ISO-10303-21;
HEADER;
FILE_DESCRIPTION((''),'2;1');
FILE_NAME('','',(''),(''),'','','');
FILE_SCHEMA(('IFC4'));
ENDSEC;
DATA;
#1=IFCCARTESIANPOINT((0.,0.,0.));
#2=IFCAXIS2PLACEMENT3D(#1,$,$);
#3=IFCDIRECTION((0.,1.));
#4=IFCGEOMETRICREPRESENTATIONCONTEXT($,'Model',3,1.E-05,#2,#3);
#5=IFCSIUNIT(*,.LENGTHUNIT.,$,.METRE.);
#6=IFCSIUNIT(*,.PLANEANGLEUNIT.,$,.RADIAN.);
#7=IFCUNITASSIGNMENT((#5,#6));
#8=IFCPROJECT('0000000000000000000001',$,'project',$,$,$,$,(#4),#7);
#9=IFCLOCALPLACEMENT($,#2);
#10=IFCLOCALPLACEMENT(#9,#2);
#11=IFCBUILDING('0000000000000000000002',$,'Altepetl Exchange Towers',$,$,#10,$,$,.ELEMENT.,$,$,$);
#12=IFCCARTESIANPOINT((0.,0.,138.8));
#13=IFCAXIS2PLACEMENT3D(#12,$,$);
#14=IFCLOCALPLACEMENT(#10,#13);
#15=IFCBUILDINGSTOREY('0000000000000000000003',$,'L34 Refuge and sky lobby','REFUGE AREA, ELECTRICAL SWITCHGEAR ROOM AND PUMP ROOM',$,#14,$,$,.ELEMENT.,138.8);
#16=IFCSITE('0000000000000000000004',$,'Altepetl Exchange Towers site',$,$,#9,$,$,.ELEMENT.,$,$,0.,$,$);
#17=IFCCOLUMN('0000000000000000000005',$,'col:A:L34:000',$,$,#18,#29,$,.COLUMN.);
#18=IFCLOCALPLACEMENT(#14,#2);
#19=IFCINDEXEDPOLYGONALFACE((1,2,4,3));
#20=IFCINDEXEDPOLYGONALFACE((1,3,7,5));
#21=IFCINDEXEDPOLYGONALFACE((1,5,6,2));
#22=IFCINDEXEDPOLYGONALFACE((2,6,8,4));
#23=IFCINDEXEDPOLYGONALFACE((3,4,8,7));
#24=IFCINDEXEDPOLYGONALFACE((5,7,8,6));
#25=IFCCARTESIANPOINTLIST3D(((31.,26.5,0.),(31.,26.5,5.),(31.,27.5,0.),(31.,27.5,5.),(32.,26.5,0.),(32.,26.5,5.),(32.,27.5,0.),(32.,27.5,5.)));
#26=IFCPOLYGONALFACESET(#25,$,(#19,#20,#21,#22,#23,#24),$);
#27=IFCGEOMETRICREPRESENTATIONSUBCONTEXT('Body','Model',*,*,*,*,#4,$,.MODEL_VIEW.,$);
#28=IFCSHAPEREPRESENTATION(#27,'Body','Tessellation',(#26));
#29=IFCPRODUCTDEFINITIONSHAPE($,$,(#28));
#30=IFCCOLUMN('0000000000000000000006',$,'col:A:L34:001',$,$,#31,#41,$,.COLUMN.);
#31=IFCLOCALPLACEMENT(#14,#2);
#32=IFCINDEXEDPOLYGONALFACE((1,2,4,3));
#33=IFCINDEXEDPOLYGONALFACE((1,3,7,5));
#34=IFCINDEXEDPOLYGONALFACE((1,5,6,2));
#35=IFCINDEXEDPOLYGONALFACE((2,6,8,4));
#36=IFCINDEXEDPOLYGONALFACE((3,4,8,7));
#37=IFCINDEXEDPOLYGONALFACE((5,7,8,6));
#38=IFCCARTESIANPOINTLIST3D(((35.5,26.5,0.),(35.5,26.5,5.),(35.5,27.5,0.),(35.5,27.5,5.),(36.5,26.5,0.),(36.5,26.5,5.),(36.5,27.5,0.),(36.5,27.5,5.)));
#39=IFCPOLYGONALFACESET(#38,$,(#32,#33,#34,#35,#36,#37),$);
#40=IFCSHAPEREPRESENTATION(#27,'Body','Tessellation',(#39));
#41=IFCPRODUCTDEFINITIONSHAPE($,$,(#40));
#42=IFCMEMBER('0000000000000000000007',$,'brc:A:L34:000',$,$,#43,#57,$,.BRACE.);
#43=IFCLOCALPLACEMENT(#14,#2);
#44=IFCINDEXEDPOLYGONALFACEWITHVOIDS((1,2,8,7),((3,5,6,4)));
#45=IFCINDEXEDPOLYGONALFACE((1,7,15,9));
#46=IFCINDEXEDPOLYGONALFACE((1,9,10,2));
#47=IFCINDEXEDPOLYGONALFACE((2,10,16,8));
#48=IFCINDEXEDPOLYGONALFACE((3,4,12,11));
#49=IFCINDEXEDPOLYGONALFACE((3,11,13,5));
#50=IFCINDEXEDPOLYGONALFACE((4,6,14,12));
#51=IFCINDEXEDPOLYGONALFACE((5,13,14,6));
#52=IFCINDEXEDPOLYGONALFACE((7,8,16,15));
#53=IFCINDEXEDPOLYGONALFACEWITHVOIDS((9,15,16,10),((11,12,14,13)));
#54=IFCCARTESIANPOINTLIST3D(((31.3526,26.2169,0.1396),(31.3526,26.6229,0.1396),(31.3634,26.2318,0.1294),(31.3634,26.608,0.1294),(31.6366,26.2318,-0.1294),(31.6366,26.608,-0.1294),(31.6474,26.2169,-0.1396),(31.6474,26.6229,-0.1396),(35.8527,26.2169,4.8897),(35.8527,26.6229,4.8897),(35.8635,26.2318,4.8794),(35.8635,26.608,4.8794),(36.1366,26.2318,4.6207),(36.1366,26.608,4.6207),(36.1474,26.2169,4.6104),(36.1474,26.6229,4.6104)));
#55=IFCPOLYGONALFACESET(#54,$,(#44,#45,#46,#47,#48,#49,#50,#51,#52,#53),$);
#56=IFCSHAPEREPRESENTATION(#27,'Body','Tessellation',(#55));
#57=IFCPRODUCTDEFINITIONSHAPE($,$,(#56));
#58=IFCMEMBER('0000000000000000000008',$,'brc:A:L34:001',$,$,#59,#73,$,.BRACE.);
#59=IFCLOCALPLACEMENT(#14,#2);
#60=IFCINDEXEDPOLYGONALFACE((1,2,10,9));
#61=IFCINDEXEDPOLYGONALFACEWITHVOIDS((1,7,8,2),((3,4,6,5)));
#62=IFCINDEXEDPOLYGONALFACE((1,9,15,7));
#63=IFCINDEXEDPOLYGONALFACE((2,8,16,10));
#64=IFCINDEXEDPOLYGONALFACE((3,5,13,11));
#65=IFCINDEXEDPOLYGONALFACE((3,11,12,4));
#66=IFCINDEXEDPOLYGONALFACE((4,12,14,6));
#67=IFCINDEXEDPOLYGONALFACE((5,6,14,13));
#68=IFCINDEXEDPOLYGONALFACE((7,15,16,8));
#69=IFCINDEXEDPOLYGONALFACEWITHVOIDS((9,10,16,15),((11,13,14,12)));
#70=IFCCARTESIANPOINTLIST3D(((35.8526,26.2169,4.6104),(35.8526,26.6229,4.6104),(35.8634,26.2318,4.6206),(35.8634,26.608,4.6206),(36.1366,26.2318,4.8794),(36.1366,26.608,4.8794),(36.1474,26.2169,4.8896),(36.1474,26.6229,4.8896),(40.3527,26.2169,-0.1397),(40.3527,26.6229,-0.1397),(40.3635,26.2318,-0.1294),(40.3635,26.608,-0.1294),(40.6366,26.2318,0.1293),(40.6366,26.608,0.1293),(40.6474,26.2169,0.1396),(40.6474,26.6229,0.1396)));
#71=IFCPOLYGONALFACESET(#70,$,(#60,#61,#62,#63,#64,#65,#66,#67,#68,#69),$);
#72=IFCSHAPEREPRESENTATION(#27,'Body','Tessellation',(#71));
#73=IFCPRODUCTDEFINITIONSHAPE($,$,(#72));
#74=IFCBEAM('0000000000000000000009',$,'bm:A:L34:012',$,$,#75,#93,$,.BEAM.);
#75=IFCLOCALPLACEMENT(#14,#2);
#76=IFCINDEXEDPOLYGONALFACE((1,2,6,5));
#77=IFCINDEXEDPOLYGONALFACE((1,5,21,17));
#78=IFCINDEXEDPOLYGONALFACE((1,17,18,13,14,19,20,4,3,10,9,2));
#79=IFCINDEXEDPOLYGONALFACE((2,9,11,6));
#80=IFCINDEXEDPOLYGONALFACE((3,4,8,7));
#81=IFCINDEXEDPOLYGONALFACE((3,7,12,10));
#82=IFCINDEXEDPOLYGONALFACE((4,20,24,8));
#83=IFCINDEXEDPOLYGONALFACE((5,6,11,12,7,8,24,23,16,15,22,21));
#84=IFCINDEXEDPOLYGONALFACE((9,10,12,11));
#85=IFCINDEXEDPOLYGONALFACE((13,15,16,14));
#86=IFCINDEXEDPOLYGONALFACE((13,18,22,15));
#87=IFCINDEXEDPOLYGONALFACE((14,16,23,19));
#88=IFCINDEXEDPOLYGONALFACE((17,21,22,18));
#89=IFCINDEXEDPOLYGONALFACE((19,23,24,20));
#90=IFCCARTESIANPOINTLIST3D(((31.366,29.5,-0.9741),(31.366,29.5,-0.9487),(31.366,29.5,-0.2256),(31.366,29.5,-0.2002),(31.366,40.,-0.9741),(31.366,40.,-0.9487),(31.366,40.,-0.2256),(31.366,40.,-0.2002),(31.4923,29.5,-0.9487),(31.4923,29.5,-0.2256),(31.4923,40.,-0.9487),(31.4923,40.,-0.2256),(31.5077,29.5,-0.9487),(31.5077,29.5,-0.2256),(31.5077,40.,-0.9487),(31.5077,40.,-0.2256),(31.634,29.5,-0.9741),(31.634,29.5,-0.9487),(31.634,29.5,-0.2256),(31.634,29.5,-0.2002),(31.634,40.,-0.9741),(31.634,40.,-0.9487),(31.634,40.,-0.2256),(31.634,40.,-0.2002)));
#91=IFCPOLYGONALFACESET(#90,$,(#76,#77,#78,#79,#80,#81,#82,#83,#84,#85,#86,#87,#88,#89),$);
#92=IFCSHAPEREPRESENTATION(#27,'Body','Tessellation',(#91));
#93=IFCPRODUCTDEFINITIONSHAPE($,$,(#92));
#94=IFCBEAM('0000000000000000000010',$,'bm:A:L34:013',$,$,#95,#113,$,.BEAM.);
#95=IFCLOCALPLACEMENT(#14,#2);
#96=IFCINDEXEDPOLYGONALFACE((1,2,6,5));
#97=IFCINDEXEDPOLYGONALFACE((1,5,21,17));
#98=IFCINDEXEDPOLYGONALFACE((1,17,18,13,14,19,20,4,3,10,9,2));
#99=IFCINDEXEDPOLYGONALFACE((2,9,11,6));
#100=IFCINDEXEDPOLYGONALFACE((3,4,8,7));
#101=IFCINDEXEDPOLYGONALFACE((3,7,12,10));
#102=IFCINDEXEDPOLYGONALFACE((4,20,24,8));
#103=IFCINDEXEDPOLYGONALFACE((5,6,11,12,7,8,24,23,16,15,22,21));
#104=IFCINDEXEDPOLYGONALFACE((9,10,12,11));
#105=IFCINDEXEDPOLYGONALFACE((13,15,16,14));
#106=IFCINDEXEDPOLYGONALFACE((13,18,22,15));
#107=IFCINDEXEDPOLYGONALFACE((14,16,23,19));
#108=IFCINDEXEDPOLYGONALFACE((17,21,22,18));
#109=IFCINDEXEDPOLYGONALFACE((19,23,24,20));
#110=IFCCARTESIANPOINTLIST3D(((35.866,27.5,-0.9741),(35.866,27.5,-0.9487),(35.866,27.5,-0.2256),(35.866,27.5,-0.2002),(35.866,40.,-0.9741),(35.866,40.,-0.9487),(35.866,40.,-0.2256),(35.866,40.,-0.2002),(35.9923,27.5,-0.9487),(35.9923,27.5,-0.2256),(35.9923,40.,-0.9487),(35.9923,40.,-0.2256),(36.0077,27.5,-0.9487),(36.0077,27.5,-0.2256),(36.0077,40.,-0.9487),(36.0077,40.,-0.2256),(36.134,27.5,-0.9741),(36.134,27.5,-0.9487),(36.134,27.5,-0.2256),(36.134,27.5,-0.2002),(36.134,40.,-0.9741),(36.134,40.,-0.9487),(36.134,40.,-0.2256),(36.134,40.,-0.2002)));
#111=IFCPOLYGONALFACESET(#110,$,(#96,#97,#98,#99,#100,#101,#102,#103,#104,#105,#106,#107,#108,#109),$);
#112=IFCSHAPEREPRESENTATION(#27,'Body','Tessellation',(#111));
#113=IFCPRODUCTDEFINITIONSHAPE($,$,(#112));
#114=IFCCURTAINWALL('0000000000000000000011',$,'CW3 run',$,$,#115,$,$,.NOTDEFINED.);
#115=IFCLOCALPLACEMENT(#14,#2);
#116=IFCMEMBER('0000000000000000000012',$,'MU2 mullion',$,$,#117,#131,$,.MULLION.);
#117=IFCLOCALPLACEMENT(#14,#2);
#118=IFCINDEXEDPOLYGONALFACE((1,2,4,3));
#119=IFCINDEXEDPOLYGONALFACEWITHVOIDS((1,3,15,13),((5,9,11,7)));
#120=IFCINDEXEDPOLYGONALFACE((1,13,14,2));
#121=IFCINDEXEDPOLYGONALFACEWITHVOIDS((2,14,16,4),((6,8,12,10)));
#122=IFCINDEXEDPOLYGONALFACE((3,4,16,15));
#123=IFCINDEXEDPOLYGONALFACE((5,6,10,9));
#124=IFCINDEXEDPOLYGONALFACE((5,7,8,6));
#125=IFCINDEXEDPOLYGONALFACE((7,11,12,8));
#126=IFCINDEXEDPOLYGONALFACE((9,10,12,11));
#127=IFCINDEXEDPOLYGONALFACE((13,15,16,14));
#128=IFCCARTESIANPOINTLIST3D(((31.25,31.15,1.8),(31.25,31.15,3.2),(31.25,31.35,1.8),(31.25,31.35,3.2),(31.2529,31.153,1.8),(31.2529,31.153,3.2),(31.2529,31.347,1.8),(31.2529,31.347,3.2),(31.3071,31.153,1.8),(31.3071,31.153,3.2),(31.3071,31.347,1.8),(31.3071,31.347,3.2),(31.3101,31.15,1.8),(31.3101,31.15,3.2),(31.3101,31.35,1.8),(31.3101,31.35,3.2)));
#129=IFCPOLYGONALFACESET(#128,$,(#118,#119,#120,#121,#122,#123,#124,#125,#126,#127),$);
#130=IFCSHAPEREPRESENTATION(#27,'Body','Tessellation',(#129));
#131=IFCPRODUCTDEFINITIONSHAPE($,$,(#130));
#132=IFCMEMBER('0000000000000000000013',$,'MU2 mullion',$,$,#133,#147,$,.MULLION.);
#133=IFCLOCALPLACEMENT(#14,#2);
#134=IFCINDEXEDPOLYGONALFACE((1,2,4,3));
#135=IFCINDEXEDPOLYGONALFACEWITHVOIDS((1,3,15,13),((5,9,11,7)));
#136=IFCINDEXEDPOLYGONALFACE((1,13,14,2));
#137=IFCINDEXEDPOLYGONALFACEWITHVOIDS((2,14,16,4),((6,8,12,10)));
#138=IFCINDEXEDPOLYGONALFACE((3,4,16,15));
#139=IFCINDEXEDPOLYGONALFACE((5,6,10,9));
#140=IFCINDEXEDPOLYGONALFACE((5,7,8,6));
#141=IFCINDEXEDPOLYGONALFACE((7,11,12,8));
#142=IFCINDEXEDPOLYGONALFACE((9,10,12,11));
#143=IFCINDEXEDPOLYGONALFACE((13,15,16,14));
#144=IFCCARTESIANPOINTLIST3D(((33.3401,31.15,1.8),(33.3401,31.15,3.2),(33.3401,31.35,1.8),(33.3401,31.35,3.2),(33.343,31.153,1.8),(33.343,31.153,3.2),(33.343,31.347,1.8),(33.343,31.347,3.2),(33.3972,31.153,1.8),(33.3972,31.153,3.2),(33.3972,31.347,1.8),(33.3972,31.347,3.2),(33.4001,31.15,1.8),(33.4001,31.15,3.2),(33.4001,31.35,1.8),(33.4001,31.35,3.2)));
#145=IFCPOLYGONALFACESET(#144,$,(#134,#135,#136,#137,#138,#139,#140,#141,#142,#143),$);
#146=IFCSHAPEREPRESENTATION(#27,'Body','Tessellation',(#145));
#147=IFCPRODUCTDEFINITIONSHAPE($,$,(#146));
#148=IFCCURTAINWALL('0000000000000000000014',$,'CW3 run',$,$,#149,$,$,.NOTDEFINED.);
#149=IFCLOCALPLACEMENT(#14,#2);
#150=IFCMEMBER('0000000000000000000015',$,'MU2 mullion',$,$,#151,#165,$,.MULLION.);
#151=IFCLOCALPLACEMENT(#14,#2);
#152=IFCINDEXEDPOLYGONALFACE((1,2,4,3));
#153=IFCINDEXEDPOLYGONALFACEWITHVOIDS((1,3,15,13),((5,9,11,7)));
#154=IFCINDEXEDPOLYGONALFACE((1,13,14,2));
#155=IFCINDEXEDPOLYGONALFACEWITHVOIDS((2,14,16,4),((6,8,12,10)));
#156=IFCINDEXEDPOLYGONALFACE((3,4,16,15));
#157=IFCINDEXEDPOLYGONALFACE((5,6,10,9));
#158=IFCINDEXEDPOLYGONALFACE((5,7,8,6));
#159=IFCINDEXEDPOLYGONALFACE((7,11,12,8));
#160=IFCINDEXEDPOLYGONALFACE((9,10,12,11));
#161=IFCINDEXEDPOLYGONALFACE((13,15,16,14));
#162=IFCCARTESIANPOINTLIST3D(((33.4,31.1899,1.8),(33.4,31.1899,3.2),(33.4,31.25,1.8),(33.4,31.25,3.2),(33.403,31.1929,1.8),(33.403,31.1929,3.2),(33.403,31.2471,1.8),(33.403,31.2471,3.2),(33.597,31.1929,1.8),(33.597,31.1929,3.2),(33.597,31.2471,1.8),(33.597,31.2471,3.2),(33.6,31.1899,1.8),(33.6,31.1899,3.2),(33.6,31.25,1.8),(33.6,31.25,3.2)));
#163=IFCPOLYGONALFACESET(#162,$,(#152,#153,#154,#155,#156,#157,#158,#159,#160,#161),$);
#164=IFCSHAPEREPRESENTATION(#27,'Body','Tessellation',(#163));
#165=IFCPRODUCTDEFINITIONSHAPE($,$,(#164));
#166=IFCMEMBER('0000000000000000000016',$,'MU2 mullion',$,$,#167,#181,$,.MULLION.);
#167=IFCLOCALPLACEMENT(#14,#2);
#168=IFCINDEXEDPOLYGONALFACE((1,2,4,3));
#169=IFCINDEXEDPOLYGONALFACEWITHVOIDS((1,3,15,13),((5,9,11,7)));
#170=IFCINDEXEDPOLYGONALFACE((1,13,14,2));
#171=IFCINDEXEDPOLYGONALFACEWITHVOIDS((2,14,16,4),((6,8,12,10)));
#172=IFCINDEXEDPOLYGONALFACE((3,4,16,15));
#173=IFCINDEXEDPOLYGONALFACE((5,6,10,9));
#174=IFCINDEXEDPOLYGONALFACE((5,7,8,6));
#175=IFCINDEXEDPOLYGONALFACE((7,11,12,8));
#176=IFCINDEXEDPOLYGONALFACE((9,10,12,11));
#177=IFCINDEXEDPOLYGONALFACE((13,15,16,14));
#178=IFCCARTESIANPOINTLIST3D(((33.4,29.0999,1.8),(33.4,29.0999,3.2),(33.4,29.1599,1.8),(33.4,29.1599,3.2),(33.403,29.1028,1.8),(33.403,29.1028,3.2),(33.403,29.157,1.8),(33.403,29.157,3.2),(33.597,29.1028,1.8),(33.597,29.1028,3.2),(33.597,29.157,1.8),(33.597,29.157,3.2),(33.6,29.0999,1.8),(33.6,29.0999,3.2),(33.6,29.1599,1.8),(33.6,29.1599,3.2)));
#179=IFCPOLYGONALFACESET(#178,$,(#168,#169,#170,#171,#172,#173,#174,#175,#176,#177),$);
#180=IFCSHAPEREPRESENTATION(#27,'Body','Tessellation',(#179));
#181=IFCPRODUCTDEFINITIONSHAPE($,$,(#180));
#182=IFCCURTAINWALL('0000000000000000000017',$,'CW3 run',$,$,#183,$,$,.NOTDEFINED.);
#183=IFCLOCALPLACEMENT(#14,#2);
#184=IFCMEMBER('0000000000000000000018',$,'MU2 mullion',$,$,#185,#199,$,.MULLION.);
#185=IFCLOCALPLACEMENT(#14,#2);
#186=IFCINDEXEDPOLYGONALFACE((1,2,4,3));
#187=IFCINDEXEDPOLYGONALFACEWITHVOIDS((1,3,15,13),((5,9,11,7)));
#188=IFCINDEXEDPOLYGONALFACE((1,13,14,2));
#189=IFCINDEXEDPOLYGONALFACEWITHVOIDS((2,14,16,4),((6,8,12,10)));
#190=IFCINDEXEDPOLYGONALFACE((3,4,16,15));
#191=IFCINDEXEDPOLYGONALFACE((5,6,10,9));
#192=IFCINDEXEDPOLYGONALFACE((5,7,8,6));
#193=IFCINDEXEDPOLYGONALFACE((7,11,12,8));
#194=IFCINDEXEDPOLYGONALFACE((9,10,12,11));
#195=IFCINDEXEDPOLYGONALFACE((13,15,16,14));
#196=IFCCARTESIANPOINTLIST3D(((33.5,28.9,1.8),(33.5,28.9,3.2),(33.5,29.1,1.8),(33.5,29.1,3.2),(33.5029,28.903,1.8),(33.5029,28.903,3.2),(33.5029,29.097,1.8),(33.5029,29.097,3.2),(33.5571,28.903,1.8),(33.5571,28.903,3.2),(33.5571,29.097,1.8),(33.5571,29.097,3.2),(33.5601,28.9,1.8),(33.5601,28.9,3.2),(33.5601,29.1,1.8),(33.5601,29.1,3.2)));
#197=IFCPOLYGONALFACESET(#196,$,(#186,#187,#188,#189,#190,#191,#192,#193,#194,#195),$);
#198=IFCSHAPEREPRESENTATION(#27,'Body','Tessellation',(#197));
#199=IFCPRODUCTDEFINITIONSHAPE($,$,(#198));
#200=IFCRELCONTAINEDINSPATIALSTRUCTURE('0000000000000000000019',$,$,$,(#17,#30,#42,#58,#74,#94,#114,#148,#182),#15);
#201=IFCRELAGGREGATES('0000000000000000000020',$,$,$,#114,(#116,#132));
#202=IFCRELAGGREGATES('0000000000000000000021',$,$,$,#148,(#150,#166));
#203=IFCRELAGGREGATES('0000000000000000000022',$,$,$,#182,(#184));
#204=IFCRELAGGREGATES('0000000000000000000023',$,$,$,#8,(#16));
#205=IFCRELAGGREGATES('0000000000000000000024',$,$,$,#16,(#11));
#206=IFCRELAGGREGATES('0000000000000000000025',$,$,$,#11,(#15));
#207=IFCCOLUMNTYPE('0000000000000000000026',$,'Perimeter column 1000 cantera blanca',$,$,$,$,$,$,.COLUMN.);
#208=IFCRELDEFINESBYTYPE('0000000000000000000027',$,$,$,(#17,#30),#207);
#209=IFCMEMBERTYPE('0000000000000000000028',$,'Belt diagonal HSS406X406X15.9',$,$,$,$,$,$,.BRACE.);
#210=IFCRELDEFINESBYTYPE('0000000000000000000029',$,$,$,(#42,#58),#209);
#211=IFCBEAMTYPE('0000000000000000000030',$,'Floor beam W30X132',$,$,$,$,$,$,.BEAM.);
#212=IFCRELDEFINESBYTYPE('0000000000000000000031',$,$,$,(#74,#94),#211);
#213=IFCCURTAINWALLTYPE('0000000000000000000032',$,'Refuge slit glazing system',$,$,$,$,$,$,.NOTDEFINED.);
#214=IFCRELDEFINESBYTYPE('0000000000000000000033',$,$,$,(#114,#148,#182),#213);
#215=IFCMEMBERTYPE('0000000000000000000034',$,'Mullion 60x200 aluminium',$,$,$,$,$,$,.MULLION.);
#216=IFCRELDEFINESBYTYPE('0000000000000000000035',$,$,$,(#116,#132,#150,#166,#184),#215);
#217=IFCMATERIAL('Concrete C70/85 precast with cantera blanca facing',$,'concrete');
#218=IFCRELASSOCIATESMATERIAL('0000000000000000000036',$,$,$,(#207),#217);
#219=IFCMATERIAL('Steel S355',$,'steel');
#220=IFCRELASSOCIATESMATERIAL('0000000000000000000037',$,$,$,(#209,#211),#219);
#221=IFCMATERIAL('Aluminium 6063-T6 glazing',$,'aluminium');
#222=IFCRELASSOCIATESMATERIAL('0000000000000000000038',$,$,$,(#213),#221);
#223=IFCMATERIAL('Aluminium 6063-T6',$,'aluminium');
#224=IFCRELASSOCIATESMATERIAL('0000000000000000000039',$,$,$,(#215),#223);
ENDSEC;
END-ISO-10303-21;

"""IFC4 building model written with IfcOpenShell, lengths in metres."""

from ifc_helpers import new_model, si_unit, direction, frame, origin, origin_2d, place, context, subcontext, project, spatial, rectangle, hollow_rectangle, i_section, extrude, material, material_profile, profile_set, type_object, element, aggregate, save


model = new_model("IFC4")

# Units and contexts
model_context = context("Model", 3, precision=1e-05, world=origin(), true_north=direction((0.0, 1.0)))
body_context = subcontext(model_context, "Body", "Model", "MODEL_VIEW")
ifc_project = project(units=[si_unit("LENGTHUNIT", "METRE"), si_unit("PLANEANGLEUNIT", "RADIAN")], contexts=[model_context])

# Site, building, storey
site_placement = place(None, origin())
site = spatial("IfcSite", under=ifc_project, at=site_placement, Name="Altepetl Exchange Towers site", CompositionType="ELEMENT", RefElevation=0.0)
building_placement = place(site_placement, origin())
building = spatial("IfcBuilding", under=site, at=building_placement, Name="Altepetl Exchange Towers", CompositionType="ELEMENT")
storey_placement = place(building_placement, frame((0.0, 0.0, 138.8)))
storey = spatial("IfcBuildingStorey", under=building, at=storey_placement, Name="L34 Refuge and sky lobby", Description="REFUGE AREA, ELECTRICAL SWITCHGEAR ROOM AND PUMP ROOM", CompositionType="ELEMENT", Elevation=138.8)

# Columns
ifc_material_1 = material(Name="Concrete C70/85 precast with cantera blanca facing", Category="concrete")
ifc_material_profile_1 = material_profile(ifc_material_1, rectangle(XDim=1.0, YDim=1.0, at=origin_2d()), Name="1000 x 1000")
ifc_profile_set_1 = profile_set([ifc_material_profile_1], Name="Concrete C70/85 precast with cantera blanca facing")
column_type = type_object("IfcColumnType", Name="Perimeter column 1000 cantera blanca", PredefinedType="COLUMN", material=ifc_profile_set_1)
for number, where, name in (
    (1, (31.5, 27.0, 0.0), "col:A:L34:000"),
    (2, (36.0, 27.0, 0.0), "col:A:L34:001"),
):
    element("IfcColumn", number, at=place(storey_placement, frame(where)), inside=storey, type_object=column_type, Name=name, PredefinedType="COLUMN", context=body_context, shape_type="SweptSolid", body=[
        extrude(rectangle(XDim=1.0, YDim=1.0, at=origin_2d()), origin(), (0.0, 0.0, 1.0), 5.0),
    ])

# Members
ifc_material_2 = material(Name="Steel S355", Category="steel")
ifc_material_profile_2 = material_profile(ifc_material_2, hollow_rectangle(XDim=0.406, YDim=0.406, WallThickness=0.0149, at=origin_2d()), Name="HSS406X406X15.9")
ifc_profile_set_2 = profile_set([ifc_material_profile_2], Name="Steel S355")
member_type_1 = type_object("IfcMemberType", Name="Belt diagonal HSS406X406X15.9", PredefinedType="BRACE", material=ifc_profile_set_2)
for number, where, z_axis, x_axis, name in (
    (3, (31.5, 26.4199, 0.0), (0.687745, 0.0, 0.725953), (0.0, 1.0, 0.0), "brc:A:L34:000"),
    (4, (36.0, 26.4199, 4.75), (0.687745, 0.0, -0.725953), (0.0, 1.0, 0.0), "brc:A:L34:001"),
):
    element("IfcMember", number, at=place(storey_placement, frame(where, z_axis=z_axis, x_axis=x_axis)), inside=storey, type_object=member_type_1, Name=name, PredefinedType="BRACE", context=body_context, shape_type="SweptSolid", body=[
        extrude(hollow_rectangle(XDim=0.406, YDim=0.406, WallThickness=0.0149, at=origin_2d()), origin(), (0.0, 0.0, 1.0), 6.5432),
    ])

# Beams
ifc_material_profile_3 = material_profile(ifc_material_2, i_section(OverallWidth=0.2681, OverallDepth=0.7739, WebThickness=0.0154, FlangeThickness=0.0254, at=origin_2d()), Name="W30X132")
ifc_profile_set_3 = profile_set([ifc_material_profile_3], Name="Steel S355")
beam_type_1 = type_object("IfcBeamType", Name="Floor beam W30X132", PredefinedType="BEAM", material=ifc_profile_set_3)
beam_1_placement = place(storey_placement, frame((31.5, 29.5, -0.5872), z_axis=(0.0, 1.0, 0.0), x_axis=(-1.0, 0.0, 0.0)))
element("IfcBeam", 5, at=beam_1_placement, inside=storey, type_object=beam_type_1, Name="bm:A:L34:012", PredefinedType="BEAM", context=body_context, shape_type="SweptSolid", body=[
    extrude(i_section(OverallWidth=0.2681, OverallDepth=0.7739, WebThickness=0.0154, FlangeThickness=0.0254, at=origin_2d()), origin(), (0.0, 0.0, 1.0), 10.5),
])
beam_2_placement = place(storey_placement, frame((36.0, 27.5, -0.5872), z_axis=(0.0, 1.0, 0.0), x_axis=(-1.0, 0.0, 0.0)))
element("IfcBeam", 6, at=beam_2_placement, inside=storey, type_object=beam_type_1, Name="bm:A:L34:013", PredefinedType="BEAM", context=body_context, shape_type="SweptSolid", body=[
    extrude(i_section(OverallWidth=0.2681, OverallDepth=0.7739, WebThickness=0.0154, FlangeThickness=0.0254, at=origin_2d()), origin(), (0.0, 0.0, 1.0), 12.5),
])

# Curtain walls, members
ifc_material_3 = material(Name="Aluminium 6063-T6 glazing", Category="aluminium")
curtain_wall_type = type_object("IfcCurtainWallType", Name="Refuge slit glazing system", PredefinedType="NOTDEFINED", material=ifc_material_3)
curtain_wall_1_placement = place(storey_placement, origin())
curtain_wall_1 = element("IfcCurtainWall", 7, at=curtain_wall_1_placement, inside=storey, type_object=curtain_wall_type, Name="CW3 run", PredefinedType="NOTDEFINED")
ifc_material_4 = material(Name="Aluminium 6063-T6", Category="aluminium")
ifc_material_profile_4 = material_profile(ifc_material_4, hollow_rectangle(XDim=0.0601, YDim=0.2, WallThickness=0.0029, at=origin_2d()), Name="Mullion 60x200 aluminium")
ifc_profile_set_4 = profile_set([ifc_material_profile_4], Name="Aluminium 6063-T6")
member_type_2 = type_object("IfcMemberType", Name="Mullion 60x200 aluminium", PredefinedType="MULLION", material=ifc_profile_set_4)
member_1_placement = place(storey_placement, frame((31.28, 31.25, 1.8)))
member_1 = element("IfcMember", 8, at=member_1_placement, type_object=member_type_2, Name="MU2 mullion", PredefinedType="MULLION", context=body_context, shape_type="SweptSolid", body=[
    extrude(hollow_rectangle(XDim=0.0601, YDim=0.2, WallThickness=0.0029, at=origin_2d()), origin(), (0.0, 0.0, 1.0), 1.3999),
])
member_2_placement = place(storey_placement, frame((33.3701, 31.25, 1.8)))
member_2 = element("IfcMember", 9, at=member_2_placement, type_object=member_type_2, Name="MU2 mullion", PredefinedType="MULLION", context=body_context, shape_type="SweptSolid", body=[
    extrude(hollow_rectangle(XDim=0.0601, YDim=0.2, WallThickness=0.0029, at=origin_2d()), origin(), (0.0, 0.0, 1.0), 1.3999),
])
curtain_wall_2_placement = place(storey_placement, origin())
curtain_wall_2 = element("IfcCurtainWall", 10, at=curtain_wall_2_placement, inside=storey, type_object=curtain_wall_type, Name="CW3 run", PredefinedType="NOTDEFINED")
member_3_placement = place(storey_placement, frame((33.5, 31.22, 1.8), z_axis=(0.0, 0.0, 1.0), x_axis=(0.0, -1.0, 0.0)))
member_3 = element("IfcMember", 11, at=member_3_placement, type_object=member_type_2, Name="MU2 mullion", PredefinedType="MULLION", context=body_context, shape_type="SweptSolid", body=[
    extrude(hollow_rectangle(XDim=0.0601, YDim=0.2, WallThickness=0.0029, at=origin_2d()), origin(), (0.0, 0.0, 1.0), 1.3999),
])
member_4_placement = place(storey_placement, frame((33.5, 29.1299, 1.8), z_axis=(0.0, 0.0, 1.0), x_axis=(0.0, -1.0, 0.0)))
member_4 = element("IfcMember", 12, at=member_4_placement, type_object=member_type_2, Name="MU2 mullion", PredefinedType="MULLION", context=body_context, shape_type="SweptSolid", body=[
    extrude(hollow_rectangle(XDim=0.0601, YDim=0.2, WallThickness=0.0029, at=origin_2d()), origin(), (0.0, 0.0, 1.0), 1.3999),
])
curtain_wall_3_placement = place(storey_placement, origin())
curtain_wall_3 = element("IfcCurtainWall", 13, at=curtain_wall_3_placement, inside=storey, type_object=curtain_wall_type, Name="CW3 run", PredefinedType="NOTDEFINED")
member_5_placement = place(storey_placement, frame((33.53, 29.0, 1.8)))
member_5 = element("IfcMember", 14, at=member_5_placement, type_object=member_type_2, Name="MU2 mullion", PredefinedType="MULLION", context=body_context, shape_type="SweptSolid", body=[
    extrude(hollow_rectangle(XDim=0.0601, YDim=0.2, WallThickness=0.0029, at=origin_2d()), origin(), (0.0, 0.0, 1.0), 1.3999),
])

aggregate(curtain_wall_1, [member_1, member_2])
aggregate(curtain_wall_2, [member_3, member_4])
aggregate(curtain_wall_3, [member_5])

save(model, "model.ifc")
